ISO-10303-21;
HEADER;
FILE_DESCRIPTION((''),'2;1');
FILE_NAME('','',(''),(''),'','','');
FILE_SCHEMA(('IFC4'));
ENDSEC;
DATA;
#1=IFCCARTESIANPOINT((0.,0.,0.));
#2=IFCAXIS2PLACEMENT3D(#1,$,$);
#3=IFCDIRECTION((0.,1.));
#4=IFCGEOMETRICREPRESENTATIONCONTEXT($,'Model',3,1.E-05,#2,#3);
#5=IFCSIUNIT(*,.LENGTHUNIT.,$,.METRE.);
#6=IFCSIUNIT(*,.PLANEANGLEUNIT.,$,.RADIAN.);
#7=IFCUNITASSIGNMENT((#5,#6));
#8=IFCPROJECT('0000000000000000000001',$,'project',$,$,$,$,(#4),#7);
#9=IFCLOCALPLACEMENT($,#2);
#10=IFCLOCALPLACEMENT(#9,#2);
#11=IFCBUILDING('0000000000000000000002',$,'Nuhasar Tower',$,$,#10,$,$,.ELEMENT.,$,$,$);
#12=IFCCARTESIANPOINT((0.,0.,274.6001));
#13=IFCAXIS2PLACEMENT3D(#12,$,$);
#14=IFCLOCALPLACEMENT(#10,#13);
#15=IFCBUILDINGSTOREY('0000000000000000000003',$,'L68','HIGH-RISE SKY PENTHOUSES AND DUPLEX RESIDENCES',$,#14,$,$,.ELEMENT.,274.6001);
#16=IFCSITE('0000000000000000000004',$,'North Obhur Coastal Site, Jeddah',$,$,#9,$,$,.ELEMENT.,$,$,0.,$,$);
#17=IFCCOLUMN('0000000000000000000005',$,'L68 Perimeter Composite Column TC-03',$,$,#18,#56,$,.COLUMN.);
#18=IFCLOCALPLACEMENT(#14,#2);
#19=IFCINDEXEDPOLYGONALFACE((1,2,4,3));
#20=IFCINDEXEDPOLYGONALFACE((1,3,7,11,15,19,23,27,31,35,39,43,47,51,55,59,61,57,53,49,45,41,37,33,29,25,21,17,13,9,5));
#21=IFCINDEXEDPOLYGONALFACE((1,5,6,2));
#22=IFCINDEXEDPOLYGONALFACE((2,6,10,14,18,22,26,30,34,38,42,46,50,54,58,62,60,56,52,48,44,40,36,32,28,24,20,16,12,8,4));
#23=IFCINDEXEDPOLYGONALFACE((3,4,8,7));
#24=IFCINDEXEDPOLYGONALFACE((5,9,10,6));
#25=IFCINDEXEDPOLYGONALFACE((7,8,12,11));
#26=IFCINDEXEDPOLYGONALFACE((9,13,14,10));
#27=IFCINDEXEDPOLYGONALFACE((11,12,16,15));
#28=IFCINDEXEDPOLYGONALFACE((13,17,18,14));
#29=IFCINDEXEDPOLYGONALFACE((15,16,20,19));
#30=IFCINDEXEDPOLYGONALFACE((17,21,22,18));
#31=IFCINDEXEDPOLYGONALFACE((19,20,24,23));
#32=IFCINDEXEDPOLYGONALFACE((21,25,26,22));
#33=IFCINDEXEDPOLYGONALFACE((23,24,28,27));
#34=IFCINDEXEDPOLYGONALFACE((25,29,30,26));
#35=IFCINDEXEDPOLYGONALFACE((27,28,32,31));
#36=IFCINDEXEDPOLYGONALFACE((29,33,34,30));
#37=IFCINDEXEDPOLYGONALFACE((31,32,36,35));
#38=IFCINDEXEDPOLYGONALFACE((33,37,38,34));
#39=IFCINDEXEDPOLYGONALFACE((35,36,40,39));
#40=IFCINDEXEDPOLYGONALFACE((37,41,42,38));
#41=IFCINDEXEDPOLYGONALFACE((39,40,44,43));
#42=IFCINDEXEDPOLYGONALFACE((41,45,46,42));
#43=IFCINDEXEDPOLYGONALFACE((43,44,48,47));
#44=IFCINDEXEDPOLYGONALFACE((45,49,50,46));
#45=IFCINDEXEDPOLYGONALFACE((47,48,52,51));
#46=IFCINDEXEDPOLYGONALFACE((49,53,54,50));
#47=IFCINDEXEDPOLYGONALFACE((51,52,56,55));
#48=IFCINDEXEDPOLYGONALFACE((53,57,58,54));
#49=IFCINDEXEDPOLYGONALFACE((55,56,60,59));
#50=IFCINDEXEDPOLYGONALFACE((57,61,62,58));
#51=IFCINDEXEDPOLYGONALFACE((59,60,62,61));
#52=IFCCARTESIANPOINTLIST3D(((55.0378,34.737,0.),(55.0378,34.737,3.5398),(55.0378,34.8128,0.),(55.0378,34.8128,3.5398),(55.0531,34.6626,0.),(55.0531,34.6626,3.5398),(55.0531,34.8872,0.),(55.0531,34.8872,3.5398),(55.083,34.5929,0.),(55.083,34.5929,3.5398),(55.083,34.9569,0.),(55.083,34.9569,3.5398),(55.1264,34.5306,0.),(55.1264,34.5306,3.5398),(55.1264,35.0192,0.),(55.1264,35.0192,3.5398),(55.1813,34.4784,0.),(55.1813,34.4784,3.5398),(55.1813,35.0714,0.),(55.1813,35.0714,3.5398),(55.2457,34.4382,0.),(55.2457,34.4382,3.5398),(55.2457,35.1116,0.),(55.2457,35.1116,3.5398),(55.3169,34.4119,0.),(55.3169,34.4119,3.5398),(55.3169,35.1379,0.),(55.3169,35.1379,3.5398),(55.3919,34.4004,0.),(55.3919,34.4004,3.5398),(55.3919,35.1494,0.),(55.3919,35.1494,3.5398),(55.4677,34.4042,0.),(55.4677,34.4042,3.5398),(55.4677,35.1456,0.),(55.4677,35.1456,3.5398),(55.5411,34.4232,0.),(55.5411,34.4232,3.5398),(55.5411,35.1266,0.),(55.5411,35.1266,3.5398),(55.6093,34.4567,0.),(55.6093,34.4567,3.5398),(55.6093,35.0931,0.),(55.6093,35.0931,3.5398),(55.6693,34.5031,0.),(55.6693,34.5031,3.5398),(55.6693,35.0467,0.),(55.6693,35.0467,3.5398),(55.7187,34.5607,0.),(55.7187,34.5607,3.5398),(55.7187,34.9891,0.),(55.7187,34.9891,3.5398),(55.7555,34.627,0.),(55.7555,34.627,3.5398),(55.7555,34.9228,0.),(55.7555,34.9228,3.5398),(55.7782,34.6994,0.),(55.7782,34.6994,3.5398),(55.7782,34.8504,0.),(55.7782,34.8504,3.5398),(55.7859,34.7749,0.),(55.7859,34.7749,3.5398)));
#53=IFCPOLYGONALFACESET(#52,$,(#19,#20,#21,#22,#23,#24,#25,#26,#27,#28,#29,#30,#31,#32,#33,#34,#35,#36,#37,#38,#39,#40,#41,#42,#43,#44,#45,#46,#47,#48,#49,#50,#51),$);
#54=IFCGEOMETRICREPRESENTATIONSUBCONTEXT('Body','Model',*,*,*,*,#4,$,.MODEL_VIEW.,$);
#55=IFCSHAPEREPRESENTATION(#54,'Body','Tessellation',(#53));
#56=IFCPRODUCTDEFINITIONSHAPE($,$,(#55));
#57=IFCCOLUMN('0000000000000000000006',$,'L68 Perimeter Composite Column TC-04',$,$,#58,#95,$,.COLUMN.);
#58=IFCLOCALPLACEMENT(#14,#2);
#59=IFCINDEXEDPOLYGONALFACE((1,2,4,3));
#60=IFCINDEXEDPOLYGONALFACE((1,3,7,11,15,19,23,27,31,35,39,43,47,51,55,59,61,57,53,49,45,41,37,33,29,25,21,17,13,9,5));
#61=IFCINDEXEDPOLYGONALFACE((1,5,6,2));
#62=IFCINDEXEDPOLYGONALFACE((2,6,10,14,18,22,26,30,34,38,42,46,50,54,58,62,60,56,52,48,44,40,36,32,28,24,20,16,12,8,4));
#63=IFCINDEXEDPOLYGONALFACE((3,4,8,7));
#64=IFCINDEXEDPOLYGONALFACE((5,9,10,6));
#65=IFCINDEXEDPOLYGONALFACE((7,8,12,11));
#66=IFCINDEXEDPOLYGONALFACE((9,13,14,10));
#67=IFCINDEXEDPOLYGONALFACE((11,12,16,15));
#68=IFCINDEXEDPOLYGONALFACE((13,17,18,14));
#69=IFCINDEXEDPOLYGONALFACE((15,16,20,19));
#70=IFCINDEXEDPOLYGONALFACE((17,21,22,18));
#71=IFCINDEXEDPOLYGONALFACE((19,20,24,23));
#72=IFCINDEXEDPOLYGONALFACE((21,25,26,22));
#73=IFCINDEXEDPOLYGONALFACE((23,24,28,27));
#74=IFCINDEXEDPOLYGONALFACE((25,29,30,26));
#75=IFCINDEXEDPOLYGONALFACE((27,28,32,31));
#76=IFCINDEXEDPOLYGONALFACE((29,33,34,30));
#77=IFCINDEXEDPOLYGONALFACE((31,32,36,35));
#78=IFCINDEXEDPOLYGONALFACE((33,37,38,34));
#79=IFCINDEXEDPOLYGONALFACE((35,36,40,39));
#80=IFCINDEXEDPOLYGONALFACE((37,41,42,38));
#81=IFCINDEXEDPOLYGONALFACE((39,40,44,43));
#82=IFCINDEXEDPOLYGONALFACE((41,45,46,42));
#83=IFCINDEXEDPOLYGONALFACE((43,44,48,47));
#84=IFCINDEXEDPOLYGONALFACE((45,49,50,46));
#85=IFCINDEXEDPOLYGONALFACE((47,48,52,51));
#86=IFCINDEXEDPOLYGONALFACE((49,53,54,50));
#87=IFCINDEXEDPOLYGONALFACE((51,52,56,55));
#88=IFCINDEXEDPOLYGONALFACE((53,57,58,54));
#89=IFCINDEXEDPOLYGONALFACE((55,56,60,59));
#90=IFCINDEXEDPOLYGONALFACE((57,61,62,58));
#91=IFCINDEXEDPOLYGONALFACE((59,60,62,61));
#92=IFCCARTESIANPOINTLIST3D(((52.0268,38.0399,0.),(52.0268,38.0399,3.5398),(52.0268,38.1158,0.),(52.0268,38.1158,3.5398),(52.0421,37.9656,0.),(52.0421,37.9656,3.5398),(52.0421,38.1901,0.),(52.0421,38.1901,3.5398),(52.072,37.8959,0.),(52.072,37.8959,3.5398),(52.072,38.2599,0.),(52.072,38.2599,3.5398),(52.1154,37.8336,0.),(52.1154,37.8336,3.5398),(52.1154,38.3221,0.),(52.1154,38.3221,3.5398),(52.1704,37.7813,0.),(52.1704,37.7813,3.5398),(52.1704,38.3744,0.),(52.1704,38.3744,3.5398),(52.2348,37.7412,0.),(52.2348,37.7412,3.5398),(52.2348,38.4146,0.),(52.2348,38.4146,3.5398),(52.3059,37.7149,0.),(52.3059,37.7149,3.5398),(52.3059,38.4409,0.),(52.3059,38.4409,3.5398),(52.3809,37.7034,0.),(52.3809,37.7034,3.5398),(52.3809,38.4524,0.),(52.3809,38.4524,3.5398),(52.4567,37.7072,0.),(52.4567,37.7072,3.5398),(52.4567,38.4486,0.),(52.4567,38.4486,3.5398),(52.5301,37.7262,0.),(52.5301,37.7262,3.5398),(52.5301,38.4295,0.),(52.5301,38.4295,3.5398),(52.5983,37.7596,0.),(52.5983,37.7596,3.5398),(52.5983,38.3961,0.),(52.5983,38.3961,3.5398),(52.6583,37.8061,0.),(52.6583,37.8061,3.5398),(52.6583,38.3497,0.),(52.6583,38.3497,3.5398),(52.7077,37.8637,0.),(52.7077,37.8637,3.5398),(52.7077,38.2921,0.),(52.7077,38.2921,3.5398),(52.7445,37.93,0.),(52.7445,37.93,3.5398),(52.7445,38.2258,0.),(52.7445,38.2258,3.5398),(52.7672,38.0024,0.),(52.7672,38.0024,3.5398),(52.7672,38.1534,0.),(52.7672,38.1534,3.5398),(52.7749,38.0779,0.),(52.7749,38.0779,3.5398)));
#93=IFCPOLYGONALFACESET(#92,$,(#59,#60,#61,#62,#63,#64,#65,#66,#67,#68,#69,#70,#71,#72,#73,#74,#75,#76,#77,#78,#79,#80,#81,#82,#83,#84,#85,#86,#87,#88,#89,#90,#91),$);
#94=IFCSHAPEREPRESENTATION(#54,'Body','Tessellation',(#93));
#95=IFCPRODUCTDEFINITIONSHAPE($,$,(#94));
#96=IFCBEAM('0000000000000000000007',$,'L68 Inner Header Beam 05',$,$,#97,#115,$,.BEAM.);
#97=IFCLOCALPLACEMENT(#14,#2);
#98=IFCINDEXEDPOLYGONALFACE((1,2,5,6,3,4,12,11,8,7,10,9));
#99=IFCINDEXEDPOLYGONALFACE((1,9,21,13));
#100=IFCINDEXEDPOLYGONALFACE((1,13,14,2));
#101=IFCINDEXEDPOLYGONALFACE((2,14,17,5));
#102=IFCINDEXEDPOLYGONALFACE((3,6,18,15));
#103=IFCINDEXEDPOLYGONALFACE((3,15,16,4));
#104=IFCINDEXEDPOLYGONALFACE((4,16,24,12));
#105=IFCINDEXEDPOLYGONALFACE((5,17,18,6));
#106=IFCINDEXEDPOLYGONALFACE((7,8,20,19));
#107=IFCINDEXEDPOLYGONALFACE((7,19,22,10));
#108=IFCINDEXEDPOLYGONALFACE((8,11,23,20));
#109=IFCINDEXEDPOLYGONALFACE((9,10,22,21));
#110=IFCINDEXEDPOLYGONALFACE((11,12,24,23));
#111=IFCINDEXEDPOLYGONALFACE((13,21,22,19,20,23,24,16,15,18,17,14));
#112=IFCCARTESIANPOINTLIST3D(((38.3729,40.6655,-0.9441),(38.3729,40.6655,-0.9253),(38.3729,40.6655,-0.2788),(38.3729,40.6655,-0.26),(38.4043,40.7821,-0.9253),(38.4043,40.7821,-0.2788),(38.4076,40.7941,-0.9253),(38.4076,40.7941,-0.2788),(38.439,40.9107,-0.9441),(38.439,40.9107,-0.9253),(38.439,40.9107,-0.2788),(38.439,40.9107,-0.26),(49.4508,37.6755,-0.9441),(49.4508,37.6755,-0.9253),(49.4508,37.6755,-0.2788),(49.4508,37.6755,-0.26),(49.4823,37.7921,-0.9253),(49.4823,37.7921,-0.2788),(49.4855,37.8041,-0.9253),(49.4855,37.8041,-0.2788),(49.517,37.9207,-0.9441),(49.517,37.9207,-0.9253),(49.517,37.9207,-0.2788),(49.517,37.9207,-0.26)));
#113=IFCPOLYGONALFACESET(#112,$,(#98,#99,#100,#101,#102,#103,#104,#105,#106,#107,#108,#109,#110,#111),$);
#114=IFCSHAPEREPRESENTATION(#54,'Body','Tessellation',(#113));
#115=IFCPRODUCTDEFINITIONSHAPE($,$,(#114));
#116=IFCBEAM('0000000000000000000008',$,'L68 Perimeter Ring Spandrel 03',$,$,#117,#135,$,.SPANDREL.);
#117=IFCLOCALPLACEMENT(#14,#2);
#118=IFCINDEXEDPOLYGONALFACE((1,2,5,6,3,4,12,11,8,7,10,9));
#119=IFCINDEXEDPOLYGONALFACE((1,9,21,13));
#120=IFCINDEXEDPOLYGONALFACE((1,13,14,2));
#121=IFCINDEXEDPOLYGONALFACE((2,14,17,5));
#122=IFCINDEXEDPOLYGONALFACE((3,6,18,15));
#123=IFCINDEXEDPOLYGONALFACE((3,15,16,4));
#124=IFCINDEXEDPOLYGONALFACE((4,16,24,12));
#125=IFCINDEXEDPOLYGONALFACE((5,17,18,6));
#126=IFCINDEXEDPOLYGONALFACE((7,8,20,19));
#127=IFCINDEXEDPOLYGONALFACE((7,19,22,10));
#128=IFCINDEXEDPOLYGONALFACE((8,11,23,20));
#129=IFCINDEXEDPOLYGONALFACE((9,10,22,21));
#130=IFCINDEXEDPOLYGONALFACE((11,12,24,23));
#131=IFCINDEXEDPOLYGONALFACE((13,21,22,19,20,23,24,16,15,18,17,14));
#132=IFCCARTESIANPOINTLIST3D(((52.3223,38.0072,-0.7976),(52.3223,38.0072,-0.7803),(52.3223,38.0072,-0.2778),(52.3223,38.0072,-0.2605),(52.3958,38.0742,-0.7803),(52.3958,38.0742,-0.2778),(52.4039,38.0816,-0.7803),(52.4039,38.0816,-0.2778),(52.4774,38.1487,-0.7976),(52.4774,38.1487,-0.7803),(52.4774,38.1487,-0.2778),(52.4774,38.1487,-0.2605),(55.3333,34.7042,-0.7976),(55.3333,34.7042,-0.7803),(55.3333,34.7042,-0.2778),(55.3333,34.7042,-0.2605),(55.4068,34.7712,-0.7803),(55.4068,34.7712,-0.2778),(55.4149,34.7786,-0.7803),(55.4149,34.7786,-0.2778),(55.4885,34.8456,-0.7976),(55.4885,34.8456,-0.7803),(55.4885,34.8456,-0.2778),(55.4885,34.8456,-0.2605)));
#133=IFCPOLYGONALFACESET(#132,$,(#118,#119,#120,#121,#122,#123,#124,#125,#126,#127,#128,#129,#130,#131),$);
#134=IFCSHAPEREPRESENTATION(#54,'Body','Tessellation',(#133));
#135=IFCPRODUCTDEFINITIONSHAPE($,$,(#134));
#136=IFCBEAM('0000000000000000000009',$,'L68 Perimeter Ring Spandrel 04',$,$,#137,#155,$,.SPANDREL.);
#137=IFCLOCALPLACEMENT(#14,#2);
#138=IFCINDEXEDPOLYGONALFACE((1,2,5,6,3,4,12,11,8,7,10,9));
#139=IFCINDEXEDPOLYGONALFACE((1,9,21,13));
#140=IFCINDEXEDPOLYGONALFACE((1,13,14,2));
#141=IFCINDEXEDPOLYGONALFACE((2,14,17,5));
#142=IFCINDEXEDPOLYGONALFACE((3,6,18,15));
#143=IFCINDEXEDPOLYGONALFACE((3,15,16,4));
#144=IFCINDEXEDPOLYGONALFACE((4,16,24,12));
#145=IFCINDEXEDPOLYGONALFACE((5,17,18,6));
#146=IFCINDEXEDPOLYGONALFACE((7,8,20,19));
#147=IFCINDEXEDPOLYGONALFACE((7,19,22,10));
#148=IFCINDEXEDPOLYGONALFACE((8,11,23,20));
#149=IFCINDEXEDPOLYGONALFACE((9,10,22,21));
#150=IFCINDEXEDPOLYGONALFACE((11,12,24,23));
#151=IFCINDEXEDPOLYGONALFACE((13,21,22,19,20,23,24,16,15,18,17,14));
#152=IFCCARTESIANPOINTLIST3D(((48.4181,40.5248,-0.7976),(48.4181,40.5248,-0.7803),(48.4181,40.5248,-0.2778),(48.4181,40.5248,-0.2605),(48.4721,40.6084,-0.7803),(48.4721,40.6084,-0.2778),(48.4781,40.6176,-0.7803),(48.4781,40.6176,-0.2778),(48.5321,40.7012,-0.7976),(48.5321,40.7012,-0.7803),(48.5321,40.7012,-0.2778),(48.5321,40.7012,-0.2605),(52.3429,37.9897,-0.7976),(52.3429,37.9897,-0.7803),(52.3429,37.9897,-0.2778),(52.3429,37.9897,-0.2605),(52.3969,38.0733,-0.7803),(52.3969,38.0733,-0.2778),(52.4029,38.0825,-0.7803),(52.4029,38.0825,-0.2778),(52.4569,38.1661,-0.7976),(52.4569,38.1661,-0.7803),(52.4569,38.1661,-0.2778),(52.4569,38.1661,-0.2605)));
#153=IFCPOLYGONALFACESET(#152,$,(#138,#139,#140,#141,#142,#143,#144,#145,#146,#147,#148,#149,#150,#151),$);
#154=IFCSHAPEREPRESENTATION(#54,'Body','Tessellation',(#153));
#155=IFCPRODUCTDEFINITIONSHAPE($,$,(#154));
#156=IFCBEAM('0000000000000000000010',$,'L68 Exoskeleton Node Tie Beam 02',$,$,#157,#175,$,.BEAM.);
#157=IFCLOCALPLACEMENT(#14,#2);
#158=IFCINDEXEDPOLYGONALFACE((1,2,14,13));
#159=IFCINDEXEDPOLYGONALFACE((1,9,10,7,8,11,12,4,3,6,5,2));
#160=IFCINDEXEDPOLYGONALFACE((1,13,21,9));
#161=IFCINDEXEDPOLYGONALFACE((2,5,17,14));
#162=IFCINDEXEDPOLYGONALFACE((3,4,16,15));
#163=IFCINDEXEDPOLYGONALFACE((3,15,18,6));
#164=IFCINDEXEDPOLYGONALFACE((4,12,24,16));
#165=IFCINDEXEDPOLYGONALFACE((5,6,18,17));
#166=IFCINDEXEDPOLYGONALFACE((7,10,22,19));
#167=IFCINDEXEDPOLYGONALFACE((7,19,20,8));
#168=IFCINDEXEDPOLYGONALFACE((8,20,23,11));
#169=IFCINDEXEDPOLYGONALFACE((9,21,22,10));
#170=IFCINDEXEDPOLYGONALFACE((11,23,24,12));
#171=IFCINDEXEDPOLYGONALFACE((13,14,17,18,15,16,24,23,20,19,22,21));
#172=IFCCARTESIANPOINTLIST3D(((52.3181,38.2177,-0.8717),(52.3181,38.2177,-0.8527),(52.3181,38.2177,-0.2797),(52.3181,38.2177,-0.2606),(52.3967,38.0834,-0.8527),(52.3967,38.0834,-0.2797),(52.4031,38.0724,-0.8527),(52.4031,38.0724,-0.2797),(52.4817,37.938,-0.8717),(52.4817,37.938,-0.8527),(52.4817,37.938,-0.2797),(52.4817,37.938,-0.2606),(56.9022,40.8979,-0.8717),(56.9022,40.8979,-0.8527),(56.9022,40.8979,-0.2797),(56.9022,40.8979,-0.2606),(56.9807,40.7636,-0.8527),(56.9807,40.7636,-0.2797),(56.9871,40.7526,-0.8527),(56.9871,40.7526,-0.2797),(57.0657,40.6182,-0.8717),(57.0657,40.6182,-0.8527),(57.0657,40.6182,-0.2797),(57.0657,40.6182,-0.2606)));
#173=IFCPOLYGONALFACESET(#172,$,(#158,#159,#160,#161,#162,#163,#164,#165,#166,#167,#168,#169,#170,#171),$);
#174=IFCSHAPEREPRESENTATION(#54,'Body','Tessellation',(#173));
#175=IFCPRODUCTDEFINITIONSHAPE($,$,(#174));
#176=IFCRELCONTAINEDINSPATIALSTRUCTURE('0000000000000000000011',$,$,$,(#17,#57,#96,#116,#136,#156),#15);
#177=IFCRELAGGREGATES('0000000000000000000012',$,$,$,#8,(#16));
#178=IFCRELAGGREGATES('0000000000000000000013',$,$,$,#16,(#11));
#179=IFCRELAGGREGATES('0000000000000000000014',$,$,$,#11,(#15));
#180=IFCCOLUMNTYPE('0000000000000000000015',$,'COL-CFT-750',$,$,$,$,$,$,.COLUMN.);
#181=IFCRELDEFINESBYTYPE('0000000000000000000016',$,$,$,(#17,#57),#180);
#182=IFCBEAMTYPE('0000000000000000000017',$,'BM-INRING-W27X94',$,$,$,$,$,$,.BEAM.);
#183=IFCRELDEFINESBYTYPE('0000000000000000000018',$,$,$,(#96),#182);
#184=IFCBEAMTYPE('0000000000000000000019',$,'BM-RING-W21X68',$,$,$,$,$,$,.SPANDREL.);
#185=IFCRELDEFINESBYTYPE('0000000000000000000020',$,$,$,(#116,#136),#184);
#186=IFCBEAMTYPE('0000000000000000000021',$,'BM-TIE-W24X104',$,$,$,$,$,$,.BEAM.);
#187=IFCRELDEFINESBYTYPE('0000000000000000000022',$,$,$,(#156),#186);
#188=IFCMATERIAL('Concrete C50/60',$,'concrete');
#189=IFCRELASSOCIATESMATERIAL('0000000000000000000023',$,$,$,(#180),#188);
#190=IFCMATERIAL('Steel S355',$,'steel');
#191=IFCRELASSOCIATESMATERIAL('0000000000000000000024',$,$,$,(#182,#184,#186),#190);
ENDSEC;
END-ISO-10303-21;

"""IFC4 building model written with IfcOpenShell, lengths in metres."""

from ifc_helpers import new_model, si_unit, direction, frame, origin, origin_2d, place, context, subcontext, project, spatial, circle, i_section, extrude, material, material_profile, profile_set, type_object, element, save


model = new_model("IFC4")

# Units and contexts
model_context = context("Model", 3, precision=1e-05, world=origin(), true_north=direction((0.0, 1.0)))
body_context = subcontext(model_context, "Body", "Model", "MODEL_VIEW")
ifc_project = project(units=[si_unit("LENGTHUNIT", "METRE"), si_unit("PLANEANGLEUNIT", "RADIAN")], contexts=[model_context])

# Site, building, storey
site_placement = place(None, origin())
site = spatial("IfcSite", under=ifc_project, at=site_placement, Name="North Obhur Coastal Site, Jeddah", CompositionType="ELEMENT", RefElevation=0.0)
building_placement = place(site_placement, origin())
building = spatial("IfcBuilding", under=site, at=building_placement, Name="Nuhasar Tower", CompositionType="ELEMENT")
storey_placement = place(building_placement, frame((0.0, 0.0, 274.6001)))
storey = spatial("IfcBuildingStorey", under=building, at=storey_placement, Name="L68", Description="HIGH-RISE SKY PENTHOUSES AND DUPLEX RESIDENCES", CompositionType="ELEMENT", Elevation=274.6001)

# Columns
ifc_material_1 = material(Name="Concrete C50/60", Category="concrete")
ifc_material_profile_1 = material_profile(ifc_material_1, circle(Radius=0.375, at=origin_2d()), Name="CFT750")
ifc_profile_set_1 = profile_set([ifc_material_profile_1], Name="Concrete C50/60")
column_type = type_object("IfcColumnType", Name="COL-CFT-750", PredefinedType="COLUMN", material=ifc_profile_set_1)
for number, where, z_axis, x_axis, name in (
    (1, (55.4109, 34.7749, 0.0), (0.0, 0.0, 1.0), (1.0, 0.0, 0.0), "L68 Perimeter Composite Column TC-03"),
    (2, (52.3999, 38.0779, 0.0), (0.0, 0.0, 1.0), (1.0, 0.0, 0.0), "L68 Perimeter Composite Column TC-04"),
):
    element("IfcColumn", number, at=place(storey_placement, frame(where, z_axis=z_axis, x_axis=x_axis)), inside=storey, type_object=column_type, Name=name, PredefinedType="COLUMN", context=body_context, shape_type="SweptSolid", body=[
        extrude(circle(Radius=0.375, at=origin_2d()), origin(), (0.0, 0.0, 1.0), 3.5398),
    ])

# Beams
ifc_material_2 = material(Name="Steel S355", Category="steel")
ifc_material_profile_2 = material_profile(ifc_material_2, i_section(OverallWidth=0.2539, OverallDepth=0.6841, WebThickness=0.0125, FlangeThickness=0.0188, at=origin_2d()), Name="W27X94")
ifc_profile_set_2 = profile_set([ifc_material_profile_2], Name="Steel S355")
beam_type_1 = type_object("IfcBeamType", Name="BM-INRING-W27X94", PredefinedType="BEAM", material=ifc_profile_set_2)
beam_1_placement = place(storey_placement, frame((49.4839, 37.7981, -0.6021), z_axis=(-0.965452, 0.260582, 0.0), x_axis=(-0.260582, -0.965452, 0.0)))
element("IfcBeam", 3, at=beam_1_placement, inside=storey, type_object=beam_type_1, Name="L68 Inner Header Beam 05", PredefinedType="BEAM", context=body_context, shape_type="SweptSolid", body=[
    extrude(i_section(OverallWidth=0.2539, OverallDepth=0.6841, WebThickness=0.0125, FlangeThickness=0.0188, at=origin_2d()), origin(), (0.0, 0.0, 1.0), 11.4744),
])
ifc_material_profile_3 = material_profile(ifc_material_2, i_section(OverallWidth=0.21, OverallDepth=0.5371, WebThickness=0.011, FlangeThickness=0.0173, at=origin_2d()), Name="W21X68")
ifc_profile_set_3 = profile_set([ifc_material_profile_3], Name="Steel S355")
beam_type_2 = type_object("IfcBeamType", Name="BM-RING-W21X68", PredefinedType="SPANDREL", material=ifc_profile_set_3)
beam_2_placement = place(storey_placement, frame((55.4109, 34.7749, -0.5291), z_axis=(-0.673686, 0.739017, 0.0), x_axis=(-0.739017, -0.673686, 0.0)))
element("IfcBeam", 4, at=beam_2_placement, inside=storey, type_object=beam_type_2, Name="L68 Perimeter Ring Spandrel 03", PredefinedType="SPANDREL", context=body_context, shape_type="SweptSolid", body=[
    extrude(i_section(OverallWidth=0.21, OverallDepth=0.5371, WebThickness=0.011, FlangeThickness=0.0173, at=origin_2d()), origin(), (0.0, 0.0, 1.0), 4.4695),
])
beam_3_placement = place(storey_placement, frame((52.3999, 38.0779, -0.5291), z_axis=(-0.840002, 0.542584, 0.0), x_axis=(-0.542584, -0.840002, 0.0)))
element("IfcBeam", 5, at=beam_3_placement, inside=storey, type_object=beam_type_2, Name="L68 Perimeter Ring Spandrel 04", PredefinedType="SPANDREL", context=body_context, shape_type="SweptSolid", body=[
    extrude(i_section(OverallWidth=0.21, OverallDepth=0.5371, WebThickness=0.011, FlangeThickness=0.0173, at=origin_2d()), origin(), (0.0, 0.0, 1.0), 4.6724),
])
ifc_material_profile_4 = material_profile(ifc_material_2, i_section(OverallWidth=0.324, OverallDepth=0.6111, WebThickness=0.0127, FlangeThickness=0.019, at=origin_2d()), Name="W24X104")
ifc_profile_set_4 = profile_set([ifc_material_profile_4], Name="Steel S355")
beam_type_3 = type_object("IfcBeamType", Name="BM-TIE-W24X104", PredefinedType="BEAM", material=ifc_profile_set_4)
beam_4_placement = place(storey_placement, frame((52.3999, 38.0779, -0.5662), z_axis=(0.863272, 0.50474, 0.0), x_axis=(-0.50474, 0.863272, 0.0)))
element("IfcBeam", 6, at=beam_4_placement, inside=storey, type_object=beam_type_3, Name="L68 Exoskeleton Node Tie Beam 02", PredefinedType="BEAM", context=body_context, shape_type="SweptSolid", body=[
    extrude(i_section(OverallWidth=0.324, OverallDepth=0.6111, WebThickness=0.0127, FlangeThickness=0.019, at=origin_2d()), origin(), (0.0, 0.0, 1.0), 5.3101),
])

save(model, "model.ifc")
